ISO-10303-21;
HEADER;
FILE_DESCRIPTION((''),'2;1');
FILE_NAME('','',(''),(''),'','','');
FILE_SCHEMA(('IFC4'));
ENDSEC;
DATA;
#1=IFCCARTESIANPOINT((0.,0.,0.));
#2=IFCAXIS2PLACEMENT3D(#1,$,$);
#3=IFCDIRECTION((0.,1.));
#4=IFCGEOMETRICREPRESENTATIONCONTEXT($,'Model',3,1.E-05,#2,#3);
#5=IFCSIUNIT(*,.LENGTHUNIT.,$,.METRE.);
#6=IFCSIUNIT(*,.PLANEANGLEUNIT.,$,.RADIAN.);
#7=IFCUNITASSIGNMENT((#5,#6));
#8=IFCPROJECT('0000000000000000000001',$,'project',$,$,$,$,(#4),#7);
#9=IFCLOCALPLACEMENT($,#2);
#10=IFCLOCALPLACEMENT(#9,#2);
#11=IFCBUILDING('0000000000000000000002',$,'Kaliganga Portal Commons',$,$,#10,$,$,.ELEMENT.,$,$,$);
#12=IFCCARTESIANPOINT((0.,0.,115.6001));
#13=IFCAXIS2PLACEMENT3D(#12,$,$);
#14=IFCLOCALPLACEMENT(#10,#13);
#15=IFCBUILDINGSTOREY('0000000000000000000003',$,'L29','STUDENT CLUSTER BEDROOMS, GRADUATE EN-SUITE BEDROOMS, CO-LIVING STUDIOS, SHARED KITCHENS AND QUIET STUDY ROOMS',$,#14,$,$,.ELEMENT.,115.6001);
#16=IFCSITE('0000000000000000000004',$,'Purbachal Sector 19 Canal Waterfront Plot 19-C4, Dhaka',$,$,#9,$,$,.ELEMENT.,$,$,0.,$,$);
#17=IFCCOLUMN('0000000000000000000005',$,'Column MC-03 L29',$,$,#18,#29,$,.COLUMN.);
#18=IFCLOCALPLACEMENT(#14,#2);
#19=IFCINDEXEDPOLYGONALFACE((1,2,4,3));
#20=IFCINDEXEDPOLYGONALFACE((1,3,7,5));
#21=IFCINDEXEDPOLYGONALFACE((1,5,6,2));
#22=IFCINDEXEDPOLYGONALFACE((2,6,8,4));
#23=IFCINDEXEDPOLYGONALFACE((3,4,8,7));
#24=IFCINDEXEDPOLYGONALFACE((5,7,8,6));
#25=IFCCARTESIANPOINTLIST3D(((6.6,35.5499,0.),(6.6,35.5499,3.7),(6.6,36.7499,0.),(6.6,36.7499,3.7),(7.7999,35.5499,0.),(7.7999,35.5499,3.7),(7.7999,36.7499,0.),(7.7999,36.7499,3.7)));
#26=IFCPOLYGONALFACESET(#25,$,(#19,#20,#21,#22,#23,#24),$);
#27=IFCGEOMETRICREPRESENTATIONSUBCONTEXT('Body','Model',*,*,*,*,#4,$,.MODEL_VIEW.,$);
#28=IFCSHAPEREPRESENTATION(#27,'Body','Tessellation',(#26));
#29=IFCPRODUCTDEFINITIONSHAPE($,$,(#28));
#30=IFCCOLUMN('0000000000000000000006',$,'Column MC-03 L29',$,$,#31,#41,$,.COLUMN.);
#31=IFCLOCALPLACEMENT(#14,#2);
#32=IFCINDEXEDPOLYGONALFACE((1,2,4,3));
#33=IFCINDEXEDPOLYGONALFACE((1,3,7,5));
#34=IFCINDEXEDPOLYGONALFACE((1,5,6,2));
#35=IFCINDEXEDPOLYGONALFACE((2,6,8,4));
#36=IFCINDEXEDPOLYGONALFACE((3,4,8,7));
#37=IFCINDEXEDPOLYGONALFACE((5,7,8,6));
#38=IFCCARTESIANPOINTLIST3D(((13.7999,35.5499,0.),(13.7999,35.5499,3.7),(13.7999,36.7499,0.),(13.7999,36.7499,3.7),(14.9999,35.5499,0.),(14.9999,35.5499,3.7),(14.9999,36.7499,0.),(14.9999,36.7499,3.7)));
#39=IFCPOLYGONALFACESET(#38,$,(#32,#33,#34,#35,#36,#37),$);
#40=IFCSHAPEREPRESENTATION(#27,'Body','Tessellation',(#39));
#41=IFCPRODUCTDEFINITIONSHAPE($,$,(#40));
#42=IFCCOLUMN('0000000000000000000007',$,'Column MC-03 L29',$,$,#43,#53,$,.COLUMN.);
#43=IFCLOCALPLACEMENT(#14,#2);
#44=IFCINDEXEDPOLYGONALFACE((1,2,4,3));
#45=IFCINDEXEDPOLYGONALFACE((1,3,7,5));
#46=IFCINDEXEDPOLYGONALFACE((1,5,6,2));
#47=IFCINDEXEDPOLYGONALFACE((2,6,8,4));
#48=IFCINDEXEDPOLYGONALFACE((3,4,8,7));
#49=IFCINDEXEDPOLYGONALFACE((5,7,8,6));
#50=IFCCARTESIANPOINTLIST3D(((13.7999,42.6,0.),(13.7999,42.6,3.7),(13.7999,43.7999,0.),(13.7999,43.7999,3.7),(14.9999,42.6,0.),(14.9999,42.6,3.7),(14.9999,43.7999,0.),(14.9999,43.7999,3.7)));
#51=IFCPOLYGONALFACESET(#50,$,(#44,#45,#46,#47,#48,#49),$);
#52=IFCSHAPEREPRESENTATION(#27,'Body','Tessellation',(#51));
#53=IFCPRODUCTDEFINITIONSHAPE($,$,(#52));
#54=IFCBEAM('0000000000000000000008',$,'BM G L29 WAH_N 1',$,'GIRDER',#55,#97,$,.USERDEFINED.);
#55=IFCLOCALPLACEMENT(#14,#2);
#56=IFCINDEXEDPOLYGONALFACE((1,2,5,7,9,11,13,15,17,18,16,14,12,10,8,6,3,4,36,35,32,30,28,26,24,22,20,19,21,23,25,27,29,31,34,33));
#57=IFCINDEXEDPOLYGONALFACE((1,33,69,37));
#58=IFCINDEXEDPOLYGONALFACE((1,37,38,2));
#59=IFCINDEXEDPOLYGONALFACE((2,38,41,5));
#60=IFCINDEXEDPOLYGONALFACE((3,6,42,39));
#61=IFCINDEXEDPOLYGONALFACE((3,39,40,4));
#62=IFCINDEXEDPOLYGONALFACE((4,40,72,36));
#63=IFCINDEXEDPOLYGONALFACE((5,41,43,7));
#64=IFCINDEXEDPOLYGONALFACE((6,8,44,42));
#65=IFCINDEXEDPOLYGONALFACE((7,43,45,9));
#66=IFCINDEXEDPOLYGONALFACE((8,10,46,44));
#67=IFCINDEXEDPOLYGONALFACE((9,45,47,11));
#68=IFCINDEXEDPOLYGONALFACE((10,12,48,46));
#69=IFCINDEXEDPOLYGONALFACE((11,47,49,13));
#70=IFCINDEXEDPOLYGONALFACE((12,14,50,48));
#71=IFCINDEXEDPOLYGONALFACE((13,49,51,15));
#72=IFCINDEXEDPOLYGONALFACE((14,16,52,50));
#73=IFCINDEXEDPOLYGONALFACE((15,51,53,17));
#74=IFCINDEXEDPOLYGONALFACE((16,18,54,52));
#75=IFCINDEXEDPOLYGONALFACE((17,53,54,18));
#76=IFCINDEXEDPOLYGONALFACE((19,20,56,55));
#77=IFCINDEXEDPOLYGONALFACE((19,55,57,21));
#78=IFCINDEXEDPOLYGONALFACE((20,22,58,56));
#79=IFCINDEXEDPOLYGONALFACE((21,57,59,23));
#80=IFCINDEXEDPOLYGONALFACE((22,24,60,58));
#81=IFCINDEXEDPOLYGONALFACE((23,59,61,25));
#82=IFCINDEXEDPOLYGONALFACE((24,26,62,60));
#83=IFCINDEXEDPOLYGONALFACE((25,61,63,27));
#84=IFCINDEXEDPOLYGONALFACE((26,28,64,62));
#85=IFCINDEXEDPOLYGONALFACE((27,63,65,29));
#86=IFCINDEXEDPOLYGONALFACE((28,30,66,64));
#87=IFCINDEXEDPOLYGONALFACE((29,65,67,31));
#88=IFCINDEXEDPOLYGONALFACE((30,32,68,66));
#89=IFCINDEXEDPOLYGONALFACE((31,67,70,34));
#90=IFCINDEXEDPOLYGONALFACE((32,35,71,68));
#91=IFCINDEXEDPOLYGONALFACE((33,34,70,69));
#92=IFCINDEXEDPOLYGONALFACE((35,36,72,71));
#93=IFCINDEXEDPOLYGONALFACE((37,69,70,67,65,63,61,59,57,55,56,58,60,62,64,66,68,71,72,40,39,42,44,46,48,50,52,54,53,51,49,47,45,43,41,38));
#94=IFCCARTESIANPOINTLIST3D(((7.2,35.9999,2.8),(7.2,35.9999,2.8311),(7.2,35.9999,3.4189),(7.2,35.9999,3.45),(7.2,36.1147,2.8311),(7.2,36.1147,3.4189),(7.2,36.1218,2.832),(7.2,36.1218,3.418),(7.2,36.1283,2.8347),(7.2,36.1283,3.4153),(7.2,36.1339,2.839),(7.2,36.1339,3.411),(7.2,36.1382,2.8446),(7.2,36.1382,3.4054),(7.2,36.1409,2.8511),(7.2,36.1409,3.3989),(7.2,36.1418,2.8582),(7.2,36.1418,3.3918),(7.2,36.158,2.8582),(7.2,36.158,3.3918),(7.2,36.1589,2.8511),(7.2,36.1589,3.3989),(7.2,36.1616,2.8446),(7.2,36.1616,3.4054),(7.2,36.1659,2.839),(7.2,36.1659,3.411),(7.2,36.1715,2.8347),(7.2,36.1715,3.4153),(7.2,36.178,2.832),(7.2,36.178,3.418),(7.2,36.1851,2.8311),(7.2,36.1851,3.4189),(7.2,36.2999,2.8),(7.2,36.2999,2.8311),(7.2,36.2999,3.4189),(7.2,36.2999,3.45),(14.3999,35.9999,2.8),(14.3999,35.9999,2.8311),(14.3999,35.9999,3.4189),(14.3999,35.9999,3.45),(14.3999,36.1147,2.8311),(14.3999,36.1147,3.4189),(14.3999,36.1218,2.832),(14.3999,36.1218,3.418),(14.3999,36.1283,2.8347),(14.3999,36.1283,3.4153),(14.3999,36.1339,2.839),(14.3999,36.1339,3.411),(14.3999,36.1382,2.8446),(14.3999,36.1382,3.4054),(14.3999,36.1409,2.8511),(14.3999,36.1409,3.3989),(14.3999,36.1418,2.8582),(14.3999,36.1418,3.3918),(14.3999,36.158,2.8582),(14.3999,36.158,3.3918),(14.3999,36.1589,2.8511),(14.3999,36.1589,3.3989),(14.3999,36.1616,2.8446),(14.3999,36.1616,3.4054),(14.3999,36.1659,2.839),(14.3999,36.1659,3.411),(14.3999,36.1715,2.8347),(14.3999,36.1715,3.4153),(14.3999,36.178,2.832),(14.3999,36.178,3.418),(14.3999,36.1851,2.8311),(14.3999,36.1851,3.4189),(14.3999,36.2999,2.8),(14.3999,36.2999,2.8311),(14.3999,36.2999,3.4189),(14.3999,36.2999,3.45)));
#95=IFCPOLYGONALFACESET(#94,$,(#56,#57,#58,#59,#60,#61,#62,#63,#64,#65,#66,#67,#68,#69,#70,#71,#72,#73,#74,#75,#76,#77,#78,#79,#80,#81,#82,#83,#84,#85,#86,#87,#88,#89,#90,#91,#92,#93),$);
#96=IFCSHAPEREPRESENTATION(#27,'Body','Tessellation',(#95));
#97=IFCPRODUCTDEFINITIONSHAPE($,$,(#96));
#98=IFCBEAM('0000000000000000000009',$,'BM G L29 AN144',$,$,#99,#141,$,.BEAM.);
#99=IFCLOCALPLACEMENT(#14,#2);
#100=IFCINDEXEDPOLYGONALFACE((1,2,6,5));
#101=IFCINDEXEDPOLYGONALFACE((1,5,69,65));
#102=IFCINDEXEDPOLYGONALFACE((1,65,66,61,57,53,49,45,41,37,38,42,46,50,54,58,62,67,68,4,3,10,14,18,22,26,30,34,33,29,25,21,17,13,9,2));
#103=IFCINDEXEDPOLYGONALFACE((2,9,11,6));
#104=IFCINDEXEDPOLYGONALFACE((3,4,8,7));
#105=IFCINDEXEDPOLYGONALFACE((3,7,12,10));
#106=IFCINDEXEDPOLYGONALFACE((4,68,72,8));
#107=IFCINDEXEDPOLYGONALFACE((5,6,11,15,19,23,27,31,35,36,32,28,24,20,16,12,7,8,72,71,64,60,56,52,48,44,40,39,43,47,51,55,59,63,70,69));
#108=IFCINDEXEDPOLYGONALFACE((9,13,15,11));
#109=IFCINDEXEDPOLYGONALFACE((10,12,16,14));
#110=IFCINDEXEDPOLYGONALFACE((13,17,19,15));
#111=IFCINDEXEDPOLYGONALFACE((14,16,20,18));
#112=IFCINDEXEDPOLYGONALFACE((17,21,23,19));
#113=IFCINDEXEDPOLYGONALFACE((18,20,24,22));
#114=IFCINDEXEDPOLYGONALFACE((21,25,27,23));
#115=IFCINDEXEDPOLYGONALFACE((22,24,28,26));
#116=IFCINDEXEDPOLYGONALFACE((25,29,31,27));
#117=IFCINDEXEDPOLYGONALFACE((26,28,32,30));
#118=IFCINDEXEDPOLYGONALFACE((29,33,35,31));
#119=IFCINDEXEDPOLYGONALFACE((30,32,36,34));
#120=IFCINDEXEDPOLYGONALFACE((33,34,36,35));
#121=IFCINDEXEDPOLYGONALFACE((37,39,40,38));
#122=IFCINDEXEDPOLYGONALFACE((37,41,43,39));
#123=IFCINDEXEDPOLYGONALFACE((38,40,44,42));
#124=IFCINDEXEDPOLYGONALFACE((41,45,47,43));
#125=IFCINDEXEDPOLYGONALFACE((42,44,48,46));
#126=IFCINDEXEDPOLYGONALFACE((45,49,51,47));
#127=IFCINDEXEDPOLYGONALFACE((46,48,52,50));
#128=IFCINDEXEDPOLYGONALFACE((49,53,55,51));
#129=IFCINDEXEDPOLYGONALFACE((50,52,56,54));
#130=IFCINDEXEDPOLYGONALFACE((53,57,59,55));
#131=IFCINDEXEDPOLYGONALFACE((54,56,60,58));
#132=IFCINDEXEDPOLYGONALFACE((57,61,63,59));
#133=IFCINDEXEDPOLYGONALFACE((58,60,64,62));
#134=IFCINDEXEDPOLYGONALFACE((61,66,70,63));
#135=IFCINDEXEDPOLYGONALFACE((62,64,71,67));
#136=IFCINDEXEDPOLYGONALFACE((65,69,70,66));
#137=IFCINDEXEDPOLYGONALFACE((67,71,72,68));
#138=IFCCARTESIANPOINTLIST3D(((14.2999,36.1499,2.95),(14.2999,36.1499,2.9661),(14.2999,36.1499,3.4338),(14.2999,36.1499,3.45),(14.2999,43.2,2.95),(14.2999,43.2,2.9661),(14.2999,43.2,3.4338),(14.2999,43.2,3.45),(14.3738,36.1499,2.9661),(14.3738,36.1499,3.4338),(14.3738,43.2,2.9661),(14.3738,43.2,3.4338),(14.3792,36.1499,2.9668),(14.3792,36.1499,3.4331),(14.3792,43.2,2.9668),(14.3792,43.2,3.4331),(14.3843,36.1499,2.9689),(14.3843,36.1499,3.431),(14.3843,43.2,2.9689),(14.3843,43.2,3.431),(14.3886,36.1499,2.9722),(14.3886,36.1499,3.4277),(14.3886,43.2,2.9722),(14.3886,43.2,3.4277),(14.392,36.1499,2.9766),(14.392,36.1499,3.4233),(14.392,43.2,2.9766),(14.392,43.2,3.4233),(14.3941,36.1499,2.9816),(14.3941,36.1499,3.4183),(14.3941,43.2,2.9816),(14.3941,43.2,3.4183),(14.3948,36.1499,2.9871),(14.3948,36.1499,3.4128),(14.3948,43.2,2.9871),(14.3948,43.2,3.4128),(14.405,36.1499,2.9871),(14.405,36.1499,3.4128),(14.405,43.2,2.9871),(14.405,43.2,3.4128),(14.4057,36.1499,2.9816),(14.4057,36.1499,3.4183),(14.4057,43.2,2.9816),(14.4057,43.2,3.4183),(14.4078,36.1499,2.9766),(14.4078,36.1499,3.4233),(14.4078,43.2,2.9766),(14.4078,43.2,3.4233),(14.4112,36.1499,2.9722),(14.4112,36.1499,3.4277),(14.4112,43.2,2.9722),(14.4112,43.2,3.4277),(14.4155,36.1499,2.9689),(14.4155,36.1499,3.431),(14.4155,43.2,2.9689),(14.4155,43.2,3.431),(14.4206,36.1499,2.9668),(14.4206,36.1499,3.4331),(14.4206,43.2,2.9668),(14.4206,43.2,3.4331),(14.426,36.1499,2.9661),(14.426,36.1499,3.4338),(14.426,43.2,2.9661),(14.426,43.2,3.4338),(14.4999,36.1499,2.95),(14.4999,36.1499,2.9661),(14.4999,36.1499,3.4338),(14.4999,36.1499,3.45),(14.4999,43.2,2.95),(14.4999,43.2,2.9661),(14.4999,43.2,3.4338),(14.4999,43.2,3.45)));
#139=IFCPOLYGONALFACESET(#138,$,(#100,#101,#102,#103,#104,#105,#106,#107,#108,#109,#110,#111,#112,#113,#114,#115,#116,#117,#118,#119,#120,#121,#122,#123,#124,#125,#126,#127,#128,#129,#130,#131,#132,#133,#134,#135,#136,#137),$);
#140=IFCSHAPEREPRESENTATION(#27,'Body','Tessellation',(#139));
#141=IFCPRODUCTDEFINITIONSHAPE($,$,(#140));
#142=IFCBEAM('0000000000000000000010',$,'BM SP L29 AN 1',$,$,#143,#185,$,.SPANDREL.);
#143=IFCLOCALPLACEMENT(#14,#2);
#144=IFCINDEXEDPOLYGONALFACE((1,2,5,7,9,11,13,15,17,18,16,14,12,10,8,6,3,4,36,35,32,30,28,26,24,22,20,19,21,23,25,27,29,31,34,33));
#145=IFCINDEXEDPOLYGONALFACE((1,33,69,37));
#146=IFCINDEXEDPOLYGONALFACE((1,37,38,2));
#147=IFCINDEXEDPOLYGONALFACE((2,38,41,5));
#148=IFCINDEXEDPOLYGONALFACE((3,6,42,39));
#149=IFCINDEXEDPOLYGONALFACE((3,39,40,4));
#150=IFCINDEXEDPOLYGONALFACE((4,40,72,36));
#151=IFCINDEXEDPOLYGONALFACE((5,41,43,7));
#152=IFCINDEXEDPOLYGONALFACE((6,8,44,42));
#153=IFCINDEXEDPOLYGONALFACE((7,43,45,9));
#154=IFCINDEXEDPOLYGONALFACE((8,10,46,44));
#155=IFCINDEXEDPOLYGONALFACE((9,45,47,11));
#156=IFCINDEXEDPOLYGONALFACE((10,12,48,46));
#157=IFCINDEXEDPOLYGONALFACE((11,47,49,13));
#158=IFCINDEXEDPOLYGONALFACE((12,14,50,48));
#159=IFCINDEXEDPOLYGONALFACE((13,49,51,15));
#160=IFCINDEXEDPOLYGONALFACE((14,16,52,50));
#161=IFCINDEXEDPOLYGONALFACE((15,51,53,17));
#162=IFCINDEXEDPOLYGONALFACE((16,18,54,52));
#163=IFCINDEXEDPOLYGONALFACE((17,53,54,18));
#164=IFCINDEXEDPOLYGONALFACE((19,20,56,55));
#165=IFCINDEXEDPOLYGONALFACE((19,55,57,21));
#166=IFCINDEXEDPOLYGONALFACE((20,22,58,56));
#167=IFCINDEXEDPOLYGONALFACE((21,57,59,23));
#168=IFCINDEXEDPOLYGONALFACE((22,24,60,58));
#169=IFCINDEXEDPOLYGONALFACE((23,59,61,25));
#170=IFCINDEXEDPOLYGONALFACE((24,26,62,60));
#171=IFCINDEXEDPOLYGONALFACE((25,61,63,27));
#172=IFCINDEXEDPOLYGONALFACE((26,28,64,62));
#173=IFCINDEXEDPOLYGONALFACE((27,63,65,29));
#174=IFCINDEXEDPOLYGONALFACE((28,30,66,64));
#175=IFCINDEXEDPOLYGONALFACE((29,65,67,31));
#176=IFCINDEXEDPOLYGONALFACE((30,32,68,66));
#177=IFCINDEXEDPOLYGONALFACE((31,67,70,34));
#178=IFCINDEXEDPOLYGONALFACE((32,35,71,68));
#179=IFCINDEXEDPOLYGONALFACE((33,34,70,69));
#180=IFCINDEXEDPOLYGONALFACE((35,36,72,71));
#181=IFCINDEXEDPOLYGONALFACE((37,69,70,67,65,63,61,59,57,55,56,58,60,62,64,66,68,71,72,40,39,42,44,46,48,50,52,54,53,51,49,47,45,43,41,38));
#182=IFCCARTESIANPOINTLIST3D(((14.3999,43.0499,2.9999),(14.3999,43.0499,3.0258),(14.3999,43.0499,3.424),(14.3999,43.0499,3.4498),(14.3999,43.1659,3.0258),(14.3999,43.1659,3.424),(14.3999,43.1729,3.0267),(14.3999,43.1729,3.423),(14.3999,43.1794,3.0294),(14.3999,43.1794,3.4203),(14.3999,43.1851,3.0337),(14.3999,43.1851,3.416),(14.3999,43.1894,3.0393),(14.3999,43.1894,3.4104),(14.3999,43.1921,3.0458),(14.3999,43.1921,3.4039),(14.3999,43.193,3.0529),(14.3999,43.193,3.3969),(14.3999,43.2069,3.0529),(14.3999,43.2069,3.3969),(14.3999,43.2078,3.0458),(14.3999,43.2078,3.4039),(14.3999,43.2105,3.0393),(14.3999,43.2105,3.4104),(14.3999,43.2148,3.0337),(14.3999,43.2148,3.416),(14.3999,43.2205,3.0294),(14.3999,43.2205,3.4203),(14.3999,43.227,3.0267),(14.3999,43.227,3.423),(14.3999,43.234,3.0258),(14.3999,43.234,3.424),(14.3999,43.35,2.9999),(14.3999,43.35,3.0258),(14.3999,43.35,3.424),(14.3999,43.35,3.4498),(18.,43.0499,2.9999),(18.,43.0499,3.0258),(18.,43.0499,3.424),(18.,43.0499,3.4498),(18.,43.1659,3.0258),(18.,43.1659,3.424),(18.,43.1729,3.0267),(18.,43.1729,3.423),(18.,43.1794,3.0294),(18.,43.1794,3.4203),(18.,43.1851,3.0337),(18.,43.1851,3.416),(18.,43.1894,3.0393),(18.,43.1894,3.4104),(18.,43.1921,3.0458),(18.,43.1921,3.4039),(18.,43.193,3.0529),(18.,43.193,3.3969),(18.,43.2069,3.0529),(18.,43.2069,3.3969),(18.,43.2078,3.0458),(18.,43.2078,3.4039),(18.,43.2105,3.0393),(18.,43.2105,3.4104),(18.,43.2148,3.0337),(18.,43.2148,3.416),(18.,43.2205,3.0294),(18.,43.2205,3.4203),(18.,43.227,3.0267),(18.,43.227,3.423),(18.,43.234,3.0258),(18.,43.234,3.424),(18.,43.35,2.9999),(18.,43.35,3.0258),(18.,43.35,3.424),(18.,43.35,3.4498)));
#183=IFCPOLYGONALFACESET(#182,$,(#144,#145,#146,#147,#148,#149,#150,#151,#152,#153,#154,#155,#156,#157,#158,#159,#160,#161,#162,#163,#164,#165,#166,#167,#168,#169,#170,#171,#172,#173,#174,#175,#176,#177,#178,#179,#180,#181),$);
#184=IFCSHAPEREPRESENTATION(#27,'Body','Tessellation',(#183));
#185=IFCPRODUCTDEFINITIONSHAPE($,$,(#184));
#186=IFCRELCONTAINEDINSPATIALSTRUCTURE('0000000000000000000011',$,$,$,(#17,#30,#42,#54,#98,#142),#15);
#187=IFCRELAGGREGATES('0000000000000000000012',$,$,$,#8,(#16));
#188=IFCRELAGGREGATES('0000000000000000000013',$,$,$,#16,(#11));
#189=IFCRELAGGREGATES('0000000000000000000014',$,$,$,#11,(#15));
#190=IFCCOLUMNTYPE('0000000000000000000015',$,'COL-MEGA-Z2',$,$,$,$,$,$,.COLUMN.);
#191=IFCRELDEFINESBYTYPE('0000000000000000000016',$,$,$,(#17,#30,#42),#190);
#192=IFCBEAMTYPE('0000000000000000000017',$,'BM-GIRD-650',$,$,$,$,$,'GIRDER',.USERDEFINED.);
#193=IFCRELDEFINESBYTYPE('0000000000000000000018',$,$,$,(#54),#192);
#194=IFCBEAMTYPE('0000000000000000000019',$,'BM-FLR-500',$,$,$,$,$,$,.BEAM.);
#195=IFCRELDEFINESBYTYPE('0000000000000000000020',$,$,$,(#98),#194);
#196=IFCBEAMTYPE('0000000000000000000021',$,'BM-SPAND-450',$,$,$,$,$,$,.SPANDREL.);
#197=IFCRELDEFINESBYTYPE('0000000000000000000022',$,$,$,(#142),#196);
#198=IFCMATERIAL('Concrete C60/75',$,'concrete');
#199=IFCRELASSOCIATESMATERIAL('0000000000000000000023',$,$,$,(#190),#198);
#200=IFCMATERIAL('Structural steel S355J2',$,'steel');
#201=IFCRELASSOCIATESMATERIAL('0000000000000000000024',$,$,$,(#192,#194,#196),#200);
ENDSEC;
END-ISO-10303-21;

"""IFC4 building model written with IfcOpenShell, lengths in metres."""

from ifc_helpers import new_model, si_unit, direction, frame, origin, origin_2d, place, context, subcontext, project, spatial, rectangle, i_section, extrude, source, transform, mapped, material, material_profile, profile_set, type_object, element, save


model = new_model("IFC4")

# Units and contexts
model_context = context("Model", 3, precision=1e-05, world=origin(), true_north=direction((0.0, 1.0)))
body_context = subcontext(model_context, "Body", "Model", "MODEL_VIEW")
ifc_project = project(units=[si_unit("LENGTHUNIT", "METRE"), si_unit("PLANEANGLEUNIT", "RADIAN")], contexts=[model_context])

# Site, building, storey
site_placement = place(None, origin())
site = spatial("IfcSite", under=ifc_project, at=site_placement, Name="Purbachal Sector 19 Canal Waterfront Plot 19-C4, Dhaka", CompositionType="ELEMENT", RefElevation=0.0)
building_placement = place(site_placement, origin())
building = spatial("IfcBuilding", under=site, at=building_placement, Name="Kaliganga Portal Commons", CompositionType="ELEMENT")
storey_placement = place(building_placement, frame((0.0, 0.0, 115.6001)))
storey = spatial("IfcBuildingStorey", under=building, at=storey_placement, Name="L29", Description="STUDENT CLUSTER BEDROOMS, GRADUATE EN-SUITE BEDROOMS, CO-LIVING STUDIOS, SHARED KITCHENS AND QUIET STUDY ROOMS", CompositionType="ELEMENT", Elevation=115.6001)

# Columns
ifc_material_1 = material(Name="Concrete C60/75", Category="concrete")
ifc_material_profile_1 = material_profile(ifc_material_1, rectangle(XDim=1.2, YDim=1.2, at=origin_2d()), Name="RC 1200x1200")
ifc_profile_set_1 = profile_set([ifc_material_profile_1], Name="Concrete C60/75")
column_type = type_object("IfcColumnType", Name="COL-MEGA-Z2", PredefinedType="COLUMN", material=ifc_profile_set_1)
shared_shape_1 = source(origin(), body_context, "Body", "SweptSolid", [
    extrude(rectangle(XDim=1.2, YDim=1.2, at=origin_2d()), origin(), (0.0, 0.0, 1.0), 3.7),
])
for number, where, z_axis, x_axis, name in (
    (1, (7.2, 36.1499, 0.0), (0.0, 0.0, 1.0), (1.0, 0.0, 0.0), "Column MC-03 L29"),
    (2, (14.3999, 36.1499, 0.0), (0.0, 0.0, 1.0), (1.0, 0.0, 0.0), "Column MC-03 L29"),
    (3, (14.3999, 43.2, 0.0), (0.0, 0.0, 1.0), (1.0, 0.0, 0.0), "Column MC-03 L29"),
):
    element("IfcColumn", number, at=place(storey_placement, frame(where, z_axis=z_axis, x_axis=x_axis)), inside=storey, type_object=column_type, Name=name, PredefinedType="COLUMN", context=body_context, shape_type="MappedRepresentation", body=[
        mapped(shared_shape_1, transform((0.0, 0.0, 0.0), x_axis=(1.0, 0.0, 0.0), y_axis=(0.0, 1.0, 0.0), z_axis=(0.0, 0.0, 1.0), scale=1.0)),
    ])

# Beams
ifc_material_2 = material(Name="Structural steel S355J2", Category="steel")
ifc_material_profile_2 = material_profile(ifc_material_2, i_section(OverallWidth=0.3, OverallDepth=0.6499, WebThickness=0.0161, FlangeThickness=0.031, FilletRadius=0.0271, at=origin_2d()), Name="HE 650 B")
ifc_profile_set_2 = profile_set([ifc_material_profile_2], Name="Structural steel S355J2 wide-flange")
beam_type_1 = type_object("IfcBeamType", Name="BM-GIRD-650", ElementType="GIRDER", PredefinedType="USERDEFINED", material=ifc_profile_set_2)
shared_shape_2 = source(origin(), body_context, "Body", "SweptSolid", [
    extrude(i_section(OverallWidth=0.3, OverallDepth=0.6499, WebThickness=0.0161, FlangeThickness=0.031, FilletRadius=0.0271, at=origin_2d()), origin(), (0.0, 0.0, 1.0), 7.2),
])
beam_1_placement = place(storey_placement, frame((7.2, 36.1499, 3.125), z_axis=(1.0, 0.0, 0.0), x_axis=(0.0, 1.0, 0.0)))
element("IfcBeam", 4, at=beam_1_placement, inside=storey, type_object=beam_type_1, Name="BM G L29 WAH_N 1", ObjectType="GIRDER", PredefinedType="USERDEFINED", context=body_context, shape_type="MappedRepresentation", body=[
    mapped(shared_shape_2, transform((0.0, 0.0, 0.0), x_axis=(1.0, 0.0, 0.0), y_axis=(0.0, 1.0, 0.0), z_axis=(0.0, 0.0, 1.0), scale=1.0)),
])
ifc_material_profile_3 = material_profile(ifc_material_2, i_section(OverallWidth=0.2, OverallDepth=0.5, WebThickness=0.0103, FlangeThickness=0.0161, FilletRadius=0.021, at=origin_2d()), Name="IPE 500")
ifc_profile_set_3 = profile_set([ifc_material_profile_3], Name="Structural steel S355J2 wide-flange")
beam_type_2 = type_object("IfcBeamType", Name="BM-FLR-500", PredefinedType="BEAM", material=ifc_profile_set_3)
shared_shape_3 = source(origin(), body_context, "Body", "SweptSolid", [
    extrude(i_section(OverallWidth=0.2, OverallDepth=0.5, WebThickness=0.0103, FlangeThickness=0.0161, FilletRadius=0.021, at=origin_2d()), origin(), (0.0, 0.0, 1.0), 7.05),
])
beam_2_placement = place(storey_placement, frame((14.3999, 36.1499, 3.2), z_axis=(0.0, 1.0, 0.0), x_axis=(-1.0, 0.0, 0.0)))
element("IfcBeam", 5, at=beam_2_placement, inside=storey, type_object=beam_type_2, Name="BM G L29 AN144", PredefinedType="BEAM", context=body_context, shape_type="MappedRepresentation", body=[
    mapped(shared_shape_3, transform((0.0, 0.0, 0.0), x_axis=(1.0, 0.0, 0.0), y_axis=(0.0, 1.0, 0.0), z_axis=(0.0, 0.0, 1.0), scale=1.0)),
])
ifc_material_profile_4 = material_profile(ifc_material_2, i_section(OverallWidth=0.3, OverallDepth=0.45, WebThickness=0.0139, FlangeThickness=0.0259, FilletRadius=0.0271, at=origin_2d()), Name="HE 450 B")
ifc_profile_set_4 = profile_set([ifc_material_profile_4], Name="Structural steel S355J2 wide-flange")
beam_type_3 = type_object("IfcBeamType", Name="BM-SPAND-450", PredefinedType="SPANDREL", material=ifc_profile_set_4)
shared_shape_4 = source(origin(), body_context, "Body", "SweptSolid", [
    extrude(i_section(OverallWidth=0.3, OverallDepth=0.45, WebThickness=0.0139, FlangeThickness=0.0259, FilletRadius=0.0271, at=origin_2d()), origin(), (0.0, 0.0, 1.0), 3.6001),
])
beam_3_placement = place(storey_placement, frame((14.3999, 43.2, 3.2249), z_axis=(1.0, 0.0, 0.0), x_axis=(0.0, 1.0, 0.0)))
element("IfcBeam", 6, at=beam_3_placement, inside=storey, type_object=beam_type_3, Name="BM SP L29 AN 1", PredefinedType="SPANDREL", context=body_context, shape_type="MappedRepresentation", body=[
    mapped(shared_shape_4, transform((0.0, 0.0, 0.0), x_axis=(1.0, 0.0, 0.0), y_axis=(0.0, 1.0, 0.0), z_axis=(0.0, 0.0, 1.0), scale=1.0)),
])

save(model, "model.ifc")
